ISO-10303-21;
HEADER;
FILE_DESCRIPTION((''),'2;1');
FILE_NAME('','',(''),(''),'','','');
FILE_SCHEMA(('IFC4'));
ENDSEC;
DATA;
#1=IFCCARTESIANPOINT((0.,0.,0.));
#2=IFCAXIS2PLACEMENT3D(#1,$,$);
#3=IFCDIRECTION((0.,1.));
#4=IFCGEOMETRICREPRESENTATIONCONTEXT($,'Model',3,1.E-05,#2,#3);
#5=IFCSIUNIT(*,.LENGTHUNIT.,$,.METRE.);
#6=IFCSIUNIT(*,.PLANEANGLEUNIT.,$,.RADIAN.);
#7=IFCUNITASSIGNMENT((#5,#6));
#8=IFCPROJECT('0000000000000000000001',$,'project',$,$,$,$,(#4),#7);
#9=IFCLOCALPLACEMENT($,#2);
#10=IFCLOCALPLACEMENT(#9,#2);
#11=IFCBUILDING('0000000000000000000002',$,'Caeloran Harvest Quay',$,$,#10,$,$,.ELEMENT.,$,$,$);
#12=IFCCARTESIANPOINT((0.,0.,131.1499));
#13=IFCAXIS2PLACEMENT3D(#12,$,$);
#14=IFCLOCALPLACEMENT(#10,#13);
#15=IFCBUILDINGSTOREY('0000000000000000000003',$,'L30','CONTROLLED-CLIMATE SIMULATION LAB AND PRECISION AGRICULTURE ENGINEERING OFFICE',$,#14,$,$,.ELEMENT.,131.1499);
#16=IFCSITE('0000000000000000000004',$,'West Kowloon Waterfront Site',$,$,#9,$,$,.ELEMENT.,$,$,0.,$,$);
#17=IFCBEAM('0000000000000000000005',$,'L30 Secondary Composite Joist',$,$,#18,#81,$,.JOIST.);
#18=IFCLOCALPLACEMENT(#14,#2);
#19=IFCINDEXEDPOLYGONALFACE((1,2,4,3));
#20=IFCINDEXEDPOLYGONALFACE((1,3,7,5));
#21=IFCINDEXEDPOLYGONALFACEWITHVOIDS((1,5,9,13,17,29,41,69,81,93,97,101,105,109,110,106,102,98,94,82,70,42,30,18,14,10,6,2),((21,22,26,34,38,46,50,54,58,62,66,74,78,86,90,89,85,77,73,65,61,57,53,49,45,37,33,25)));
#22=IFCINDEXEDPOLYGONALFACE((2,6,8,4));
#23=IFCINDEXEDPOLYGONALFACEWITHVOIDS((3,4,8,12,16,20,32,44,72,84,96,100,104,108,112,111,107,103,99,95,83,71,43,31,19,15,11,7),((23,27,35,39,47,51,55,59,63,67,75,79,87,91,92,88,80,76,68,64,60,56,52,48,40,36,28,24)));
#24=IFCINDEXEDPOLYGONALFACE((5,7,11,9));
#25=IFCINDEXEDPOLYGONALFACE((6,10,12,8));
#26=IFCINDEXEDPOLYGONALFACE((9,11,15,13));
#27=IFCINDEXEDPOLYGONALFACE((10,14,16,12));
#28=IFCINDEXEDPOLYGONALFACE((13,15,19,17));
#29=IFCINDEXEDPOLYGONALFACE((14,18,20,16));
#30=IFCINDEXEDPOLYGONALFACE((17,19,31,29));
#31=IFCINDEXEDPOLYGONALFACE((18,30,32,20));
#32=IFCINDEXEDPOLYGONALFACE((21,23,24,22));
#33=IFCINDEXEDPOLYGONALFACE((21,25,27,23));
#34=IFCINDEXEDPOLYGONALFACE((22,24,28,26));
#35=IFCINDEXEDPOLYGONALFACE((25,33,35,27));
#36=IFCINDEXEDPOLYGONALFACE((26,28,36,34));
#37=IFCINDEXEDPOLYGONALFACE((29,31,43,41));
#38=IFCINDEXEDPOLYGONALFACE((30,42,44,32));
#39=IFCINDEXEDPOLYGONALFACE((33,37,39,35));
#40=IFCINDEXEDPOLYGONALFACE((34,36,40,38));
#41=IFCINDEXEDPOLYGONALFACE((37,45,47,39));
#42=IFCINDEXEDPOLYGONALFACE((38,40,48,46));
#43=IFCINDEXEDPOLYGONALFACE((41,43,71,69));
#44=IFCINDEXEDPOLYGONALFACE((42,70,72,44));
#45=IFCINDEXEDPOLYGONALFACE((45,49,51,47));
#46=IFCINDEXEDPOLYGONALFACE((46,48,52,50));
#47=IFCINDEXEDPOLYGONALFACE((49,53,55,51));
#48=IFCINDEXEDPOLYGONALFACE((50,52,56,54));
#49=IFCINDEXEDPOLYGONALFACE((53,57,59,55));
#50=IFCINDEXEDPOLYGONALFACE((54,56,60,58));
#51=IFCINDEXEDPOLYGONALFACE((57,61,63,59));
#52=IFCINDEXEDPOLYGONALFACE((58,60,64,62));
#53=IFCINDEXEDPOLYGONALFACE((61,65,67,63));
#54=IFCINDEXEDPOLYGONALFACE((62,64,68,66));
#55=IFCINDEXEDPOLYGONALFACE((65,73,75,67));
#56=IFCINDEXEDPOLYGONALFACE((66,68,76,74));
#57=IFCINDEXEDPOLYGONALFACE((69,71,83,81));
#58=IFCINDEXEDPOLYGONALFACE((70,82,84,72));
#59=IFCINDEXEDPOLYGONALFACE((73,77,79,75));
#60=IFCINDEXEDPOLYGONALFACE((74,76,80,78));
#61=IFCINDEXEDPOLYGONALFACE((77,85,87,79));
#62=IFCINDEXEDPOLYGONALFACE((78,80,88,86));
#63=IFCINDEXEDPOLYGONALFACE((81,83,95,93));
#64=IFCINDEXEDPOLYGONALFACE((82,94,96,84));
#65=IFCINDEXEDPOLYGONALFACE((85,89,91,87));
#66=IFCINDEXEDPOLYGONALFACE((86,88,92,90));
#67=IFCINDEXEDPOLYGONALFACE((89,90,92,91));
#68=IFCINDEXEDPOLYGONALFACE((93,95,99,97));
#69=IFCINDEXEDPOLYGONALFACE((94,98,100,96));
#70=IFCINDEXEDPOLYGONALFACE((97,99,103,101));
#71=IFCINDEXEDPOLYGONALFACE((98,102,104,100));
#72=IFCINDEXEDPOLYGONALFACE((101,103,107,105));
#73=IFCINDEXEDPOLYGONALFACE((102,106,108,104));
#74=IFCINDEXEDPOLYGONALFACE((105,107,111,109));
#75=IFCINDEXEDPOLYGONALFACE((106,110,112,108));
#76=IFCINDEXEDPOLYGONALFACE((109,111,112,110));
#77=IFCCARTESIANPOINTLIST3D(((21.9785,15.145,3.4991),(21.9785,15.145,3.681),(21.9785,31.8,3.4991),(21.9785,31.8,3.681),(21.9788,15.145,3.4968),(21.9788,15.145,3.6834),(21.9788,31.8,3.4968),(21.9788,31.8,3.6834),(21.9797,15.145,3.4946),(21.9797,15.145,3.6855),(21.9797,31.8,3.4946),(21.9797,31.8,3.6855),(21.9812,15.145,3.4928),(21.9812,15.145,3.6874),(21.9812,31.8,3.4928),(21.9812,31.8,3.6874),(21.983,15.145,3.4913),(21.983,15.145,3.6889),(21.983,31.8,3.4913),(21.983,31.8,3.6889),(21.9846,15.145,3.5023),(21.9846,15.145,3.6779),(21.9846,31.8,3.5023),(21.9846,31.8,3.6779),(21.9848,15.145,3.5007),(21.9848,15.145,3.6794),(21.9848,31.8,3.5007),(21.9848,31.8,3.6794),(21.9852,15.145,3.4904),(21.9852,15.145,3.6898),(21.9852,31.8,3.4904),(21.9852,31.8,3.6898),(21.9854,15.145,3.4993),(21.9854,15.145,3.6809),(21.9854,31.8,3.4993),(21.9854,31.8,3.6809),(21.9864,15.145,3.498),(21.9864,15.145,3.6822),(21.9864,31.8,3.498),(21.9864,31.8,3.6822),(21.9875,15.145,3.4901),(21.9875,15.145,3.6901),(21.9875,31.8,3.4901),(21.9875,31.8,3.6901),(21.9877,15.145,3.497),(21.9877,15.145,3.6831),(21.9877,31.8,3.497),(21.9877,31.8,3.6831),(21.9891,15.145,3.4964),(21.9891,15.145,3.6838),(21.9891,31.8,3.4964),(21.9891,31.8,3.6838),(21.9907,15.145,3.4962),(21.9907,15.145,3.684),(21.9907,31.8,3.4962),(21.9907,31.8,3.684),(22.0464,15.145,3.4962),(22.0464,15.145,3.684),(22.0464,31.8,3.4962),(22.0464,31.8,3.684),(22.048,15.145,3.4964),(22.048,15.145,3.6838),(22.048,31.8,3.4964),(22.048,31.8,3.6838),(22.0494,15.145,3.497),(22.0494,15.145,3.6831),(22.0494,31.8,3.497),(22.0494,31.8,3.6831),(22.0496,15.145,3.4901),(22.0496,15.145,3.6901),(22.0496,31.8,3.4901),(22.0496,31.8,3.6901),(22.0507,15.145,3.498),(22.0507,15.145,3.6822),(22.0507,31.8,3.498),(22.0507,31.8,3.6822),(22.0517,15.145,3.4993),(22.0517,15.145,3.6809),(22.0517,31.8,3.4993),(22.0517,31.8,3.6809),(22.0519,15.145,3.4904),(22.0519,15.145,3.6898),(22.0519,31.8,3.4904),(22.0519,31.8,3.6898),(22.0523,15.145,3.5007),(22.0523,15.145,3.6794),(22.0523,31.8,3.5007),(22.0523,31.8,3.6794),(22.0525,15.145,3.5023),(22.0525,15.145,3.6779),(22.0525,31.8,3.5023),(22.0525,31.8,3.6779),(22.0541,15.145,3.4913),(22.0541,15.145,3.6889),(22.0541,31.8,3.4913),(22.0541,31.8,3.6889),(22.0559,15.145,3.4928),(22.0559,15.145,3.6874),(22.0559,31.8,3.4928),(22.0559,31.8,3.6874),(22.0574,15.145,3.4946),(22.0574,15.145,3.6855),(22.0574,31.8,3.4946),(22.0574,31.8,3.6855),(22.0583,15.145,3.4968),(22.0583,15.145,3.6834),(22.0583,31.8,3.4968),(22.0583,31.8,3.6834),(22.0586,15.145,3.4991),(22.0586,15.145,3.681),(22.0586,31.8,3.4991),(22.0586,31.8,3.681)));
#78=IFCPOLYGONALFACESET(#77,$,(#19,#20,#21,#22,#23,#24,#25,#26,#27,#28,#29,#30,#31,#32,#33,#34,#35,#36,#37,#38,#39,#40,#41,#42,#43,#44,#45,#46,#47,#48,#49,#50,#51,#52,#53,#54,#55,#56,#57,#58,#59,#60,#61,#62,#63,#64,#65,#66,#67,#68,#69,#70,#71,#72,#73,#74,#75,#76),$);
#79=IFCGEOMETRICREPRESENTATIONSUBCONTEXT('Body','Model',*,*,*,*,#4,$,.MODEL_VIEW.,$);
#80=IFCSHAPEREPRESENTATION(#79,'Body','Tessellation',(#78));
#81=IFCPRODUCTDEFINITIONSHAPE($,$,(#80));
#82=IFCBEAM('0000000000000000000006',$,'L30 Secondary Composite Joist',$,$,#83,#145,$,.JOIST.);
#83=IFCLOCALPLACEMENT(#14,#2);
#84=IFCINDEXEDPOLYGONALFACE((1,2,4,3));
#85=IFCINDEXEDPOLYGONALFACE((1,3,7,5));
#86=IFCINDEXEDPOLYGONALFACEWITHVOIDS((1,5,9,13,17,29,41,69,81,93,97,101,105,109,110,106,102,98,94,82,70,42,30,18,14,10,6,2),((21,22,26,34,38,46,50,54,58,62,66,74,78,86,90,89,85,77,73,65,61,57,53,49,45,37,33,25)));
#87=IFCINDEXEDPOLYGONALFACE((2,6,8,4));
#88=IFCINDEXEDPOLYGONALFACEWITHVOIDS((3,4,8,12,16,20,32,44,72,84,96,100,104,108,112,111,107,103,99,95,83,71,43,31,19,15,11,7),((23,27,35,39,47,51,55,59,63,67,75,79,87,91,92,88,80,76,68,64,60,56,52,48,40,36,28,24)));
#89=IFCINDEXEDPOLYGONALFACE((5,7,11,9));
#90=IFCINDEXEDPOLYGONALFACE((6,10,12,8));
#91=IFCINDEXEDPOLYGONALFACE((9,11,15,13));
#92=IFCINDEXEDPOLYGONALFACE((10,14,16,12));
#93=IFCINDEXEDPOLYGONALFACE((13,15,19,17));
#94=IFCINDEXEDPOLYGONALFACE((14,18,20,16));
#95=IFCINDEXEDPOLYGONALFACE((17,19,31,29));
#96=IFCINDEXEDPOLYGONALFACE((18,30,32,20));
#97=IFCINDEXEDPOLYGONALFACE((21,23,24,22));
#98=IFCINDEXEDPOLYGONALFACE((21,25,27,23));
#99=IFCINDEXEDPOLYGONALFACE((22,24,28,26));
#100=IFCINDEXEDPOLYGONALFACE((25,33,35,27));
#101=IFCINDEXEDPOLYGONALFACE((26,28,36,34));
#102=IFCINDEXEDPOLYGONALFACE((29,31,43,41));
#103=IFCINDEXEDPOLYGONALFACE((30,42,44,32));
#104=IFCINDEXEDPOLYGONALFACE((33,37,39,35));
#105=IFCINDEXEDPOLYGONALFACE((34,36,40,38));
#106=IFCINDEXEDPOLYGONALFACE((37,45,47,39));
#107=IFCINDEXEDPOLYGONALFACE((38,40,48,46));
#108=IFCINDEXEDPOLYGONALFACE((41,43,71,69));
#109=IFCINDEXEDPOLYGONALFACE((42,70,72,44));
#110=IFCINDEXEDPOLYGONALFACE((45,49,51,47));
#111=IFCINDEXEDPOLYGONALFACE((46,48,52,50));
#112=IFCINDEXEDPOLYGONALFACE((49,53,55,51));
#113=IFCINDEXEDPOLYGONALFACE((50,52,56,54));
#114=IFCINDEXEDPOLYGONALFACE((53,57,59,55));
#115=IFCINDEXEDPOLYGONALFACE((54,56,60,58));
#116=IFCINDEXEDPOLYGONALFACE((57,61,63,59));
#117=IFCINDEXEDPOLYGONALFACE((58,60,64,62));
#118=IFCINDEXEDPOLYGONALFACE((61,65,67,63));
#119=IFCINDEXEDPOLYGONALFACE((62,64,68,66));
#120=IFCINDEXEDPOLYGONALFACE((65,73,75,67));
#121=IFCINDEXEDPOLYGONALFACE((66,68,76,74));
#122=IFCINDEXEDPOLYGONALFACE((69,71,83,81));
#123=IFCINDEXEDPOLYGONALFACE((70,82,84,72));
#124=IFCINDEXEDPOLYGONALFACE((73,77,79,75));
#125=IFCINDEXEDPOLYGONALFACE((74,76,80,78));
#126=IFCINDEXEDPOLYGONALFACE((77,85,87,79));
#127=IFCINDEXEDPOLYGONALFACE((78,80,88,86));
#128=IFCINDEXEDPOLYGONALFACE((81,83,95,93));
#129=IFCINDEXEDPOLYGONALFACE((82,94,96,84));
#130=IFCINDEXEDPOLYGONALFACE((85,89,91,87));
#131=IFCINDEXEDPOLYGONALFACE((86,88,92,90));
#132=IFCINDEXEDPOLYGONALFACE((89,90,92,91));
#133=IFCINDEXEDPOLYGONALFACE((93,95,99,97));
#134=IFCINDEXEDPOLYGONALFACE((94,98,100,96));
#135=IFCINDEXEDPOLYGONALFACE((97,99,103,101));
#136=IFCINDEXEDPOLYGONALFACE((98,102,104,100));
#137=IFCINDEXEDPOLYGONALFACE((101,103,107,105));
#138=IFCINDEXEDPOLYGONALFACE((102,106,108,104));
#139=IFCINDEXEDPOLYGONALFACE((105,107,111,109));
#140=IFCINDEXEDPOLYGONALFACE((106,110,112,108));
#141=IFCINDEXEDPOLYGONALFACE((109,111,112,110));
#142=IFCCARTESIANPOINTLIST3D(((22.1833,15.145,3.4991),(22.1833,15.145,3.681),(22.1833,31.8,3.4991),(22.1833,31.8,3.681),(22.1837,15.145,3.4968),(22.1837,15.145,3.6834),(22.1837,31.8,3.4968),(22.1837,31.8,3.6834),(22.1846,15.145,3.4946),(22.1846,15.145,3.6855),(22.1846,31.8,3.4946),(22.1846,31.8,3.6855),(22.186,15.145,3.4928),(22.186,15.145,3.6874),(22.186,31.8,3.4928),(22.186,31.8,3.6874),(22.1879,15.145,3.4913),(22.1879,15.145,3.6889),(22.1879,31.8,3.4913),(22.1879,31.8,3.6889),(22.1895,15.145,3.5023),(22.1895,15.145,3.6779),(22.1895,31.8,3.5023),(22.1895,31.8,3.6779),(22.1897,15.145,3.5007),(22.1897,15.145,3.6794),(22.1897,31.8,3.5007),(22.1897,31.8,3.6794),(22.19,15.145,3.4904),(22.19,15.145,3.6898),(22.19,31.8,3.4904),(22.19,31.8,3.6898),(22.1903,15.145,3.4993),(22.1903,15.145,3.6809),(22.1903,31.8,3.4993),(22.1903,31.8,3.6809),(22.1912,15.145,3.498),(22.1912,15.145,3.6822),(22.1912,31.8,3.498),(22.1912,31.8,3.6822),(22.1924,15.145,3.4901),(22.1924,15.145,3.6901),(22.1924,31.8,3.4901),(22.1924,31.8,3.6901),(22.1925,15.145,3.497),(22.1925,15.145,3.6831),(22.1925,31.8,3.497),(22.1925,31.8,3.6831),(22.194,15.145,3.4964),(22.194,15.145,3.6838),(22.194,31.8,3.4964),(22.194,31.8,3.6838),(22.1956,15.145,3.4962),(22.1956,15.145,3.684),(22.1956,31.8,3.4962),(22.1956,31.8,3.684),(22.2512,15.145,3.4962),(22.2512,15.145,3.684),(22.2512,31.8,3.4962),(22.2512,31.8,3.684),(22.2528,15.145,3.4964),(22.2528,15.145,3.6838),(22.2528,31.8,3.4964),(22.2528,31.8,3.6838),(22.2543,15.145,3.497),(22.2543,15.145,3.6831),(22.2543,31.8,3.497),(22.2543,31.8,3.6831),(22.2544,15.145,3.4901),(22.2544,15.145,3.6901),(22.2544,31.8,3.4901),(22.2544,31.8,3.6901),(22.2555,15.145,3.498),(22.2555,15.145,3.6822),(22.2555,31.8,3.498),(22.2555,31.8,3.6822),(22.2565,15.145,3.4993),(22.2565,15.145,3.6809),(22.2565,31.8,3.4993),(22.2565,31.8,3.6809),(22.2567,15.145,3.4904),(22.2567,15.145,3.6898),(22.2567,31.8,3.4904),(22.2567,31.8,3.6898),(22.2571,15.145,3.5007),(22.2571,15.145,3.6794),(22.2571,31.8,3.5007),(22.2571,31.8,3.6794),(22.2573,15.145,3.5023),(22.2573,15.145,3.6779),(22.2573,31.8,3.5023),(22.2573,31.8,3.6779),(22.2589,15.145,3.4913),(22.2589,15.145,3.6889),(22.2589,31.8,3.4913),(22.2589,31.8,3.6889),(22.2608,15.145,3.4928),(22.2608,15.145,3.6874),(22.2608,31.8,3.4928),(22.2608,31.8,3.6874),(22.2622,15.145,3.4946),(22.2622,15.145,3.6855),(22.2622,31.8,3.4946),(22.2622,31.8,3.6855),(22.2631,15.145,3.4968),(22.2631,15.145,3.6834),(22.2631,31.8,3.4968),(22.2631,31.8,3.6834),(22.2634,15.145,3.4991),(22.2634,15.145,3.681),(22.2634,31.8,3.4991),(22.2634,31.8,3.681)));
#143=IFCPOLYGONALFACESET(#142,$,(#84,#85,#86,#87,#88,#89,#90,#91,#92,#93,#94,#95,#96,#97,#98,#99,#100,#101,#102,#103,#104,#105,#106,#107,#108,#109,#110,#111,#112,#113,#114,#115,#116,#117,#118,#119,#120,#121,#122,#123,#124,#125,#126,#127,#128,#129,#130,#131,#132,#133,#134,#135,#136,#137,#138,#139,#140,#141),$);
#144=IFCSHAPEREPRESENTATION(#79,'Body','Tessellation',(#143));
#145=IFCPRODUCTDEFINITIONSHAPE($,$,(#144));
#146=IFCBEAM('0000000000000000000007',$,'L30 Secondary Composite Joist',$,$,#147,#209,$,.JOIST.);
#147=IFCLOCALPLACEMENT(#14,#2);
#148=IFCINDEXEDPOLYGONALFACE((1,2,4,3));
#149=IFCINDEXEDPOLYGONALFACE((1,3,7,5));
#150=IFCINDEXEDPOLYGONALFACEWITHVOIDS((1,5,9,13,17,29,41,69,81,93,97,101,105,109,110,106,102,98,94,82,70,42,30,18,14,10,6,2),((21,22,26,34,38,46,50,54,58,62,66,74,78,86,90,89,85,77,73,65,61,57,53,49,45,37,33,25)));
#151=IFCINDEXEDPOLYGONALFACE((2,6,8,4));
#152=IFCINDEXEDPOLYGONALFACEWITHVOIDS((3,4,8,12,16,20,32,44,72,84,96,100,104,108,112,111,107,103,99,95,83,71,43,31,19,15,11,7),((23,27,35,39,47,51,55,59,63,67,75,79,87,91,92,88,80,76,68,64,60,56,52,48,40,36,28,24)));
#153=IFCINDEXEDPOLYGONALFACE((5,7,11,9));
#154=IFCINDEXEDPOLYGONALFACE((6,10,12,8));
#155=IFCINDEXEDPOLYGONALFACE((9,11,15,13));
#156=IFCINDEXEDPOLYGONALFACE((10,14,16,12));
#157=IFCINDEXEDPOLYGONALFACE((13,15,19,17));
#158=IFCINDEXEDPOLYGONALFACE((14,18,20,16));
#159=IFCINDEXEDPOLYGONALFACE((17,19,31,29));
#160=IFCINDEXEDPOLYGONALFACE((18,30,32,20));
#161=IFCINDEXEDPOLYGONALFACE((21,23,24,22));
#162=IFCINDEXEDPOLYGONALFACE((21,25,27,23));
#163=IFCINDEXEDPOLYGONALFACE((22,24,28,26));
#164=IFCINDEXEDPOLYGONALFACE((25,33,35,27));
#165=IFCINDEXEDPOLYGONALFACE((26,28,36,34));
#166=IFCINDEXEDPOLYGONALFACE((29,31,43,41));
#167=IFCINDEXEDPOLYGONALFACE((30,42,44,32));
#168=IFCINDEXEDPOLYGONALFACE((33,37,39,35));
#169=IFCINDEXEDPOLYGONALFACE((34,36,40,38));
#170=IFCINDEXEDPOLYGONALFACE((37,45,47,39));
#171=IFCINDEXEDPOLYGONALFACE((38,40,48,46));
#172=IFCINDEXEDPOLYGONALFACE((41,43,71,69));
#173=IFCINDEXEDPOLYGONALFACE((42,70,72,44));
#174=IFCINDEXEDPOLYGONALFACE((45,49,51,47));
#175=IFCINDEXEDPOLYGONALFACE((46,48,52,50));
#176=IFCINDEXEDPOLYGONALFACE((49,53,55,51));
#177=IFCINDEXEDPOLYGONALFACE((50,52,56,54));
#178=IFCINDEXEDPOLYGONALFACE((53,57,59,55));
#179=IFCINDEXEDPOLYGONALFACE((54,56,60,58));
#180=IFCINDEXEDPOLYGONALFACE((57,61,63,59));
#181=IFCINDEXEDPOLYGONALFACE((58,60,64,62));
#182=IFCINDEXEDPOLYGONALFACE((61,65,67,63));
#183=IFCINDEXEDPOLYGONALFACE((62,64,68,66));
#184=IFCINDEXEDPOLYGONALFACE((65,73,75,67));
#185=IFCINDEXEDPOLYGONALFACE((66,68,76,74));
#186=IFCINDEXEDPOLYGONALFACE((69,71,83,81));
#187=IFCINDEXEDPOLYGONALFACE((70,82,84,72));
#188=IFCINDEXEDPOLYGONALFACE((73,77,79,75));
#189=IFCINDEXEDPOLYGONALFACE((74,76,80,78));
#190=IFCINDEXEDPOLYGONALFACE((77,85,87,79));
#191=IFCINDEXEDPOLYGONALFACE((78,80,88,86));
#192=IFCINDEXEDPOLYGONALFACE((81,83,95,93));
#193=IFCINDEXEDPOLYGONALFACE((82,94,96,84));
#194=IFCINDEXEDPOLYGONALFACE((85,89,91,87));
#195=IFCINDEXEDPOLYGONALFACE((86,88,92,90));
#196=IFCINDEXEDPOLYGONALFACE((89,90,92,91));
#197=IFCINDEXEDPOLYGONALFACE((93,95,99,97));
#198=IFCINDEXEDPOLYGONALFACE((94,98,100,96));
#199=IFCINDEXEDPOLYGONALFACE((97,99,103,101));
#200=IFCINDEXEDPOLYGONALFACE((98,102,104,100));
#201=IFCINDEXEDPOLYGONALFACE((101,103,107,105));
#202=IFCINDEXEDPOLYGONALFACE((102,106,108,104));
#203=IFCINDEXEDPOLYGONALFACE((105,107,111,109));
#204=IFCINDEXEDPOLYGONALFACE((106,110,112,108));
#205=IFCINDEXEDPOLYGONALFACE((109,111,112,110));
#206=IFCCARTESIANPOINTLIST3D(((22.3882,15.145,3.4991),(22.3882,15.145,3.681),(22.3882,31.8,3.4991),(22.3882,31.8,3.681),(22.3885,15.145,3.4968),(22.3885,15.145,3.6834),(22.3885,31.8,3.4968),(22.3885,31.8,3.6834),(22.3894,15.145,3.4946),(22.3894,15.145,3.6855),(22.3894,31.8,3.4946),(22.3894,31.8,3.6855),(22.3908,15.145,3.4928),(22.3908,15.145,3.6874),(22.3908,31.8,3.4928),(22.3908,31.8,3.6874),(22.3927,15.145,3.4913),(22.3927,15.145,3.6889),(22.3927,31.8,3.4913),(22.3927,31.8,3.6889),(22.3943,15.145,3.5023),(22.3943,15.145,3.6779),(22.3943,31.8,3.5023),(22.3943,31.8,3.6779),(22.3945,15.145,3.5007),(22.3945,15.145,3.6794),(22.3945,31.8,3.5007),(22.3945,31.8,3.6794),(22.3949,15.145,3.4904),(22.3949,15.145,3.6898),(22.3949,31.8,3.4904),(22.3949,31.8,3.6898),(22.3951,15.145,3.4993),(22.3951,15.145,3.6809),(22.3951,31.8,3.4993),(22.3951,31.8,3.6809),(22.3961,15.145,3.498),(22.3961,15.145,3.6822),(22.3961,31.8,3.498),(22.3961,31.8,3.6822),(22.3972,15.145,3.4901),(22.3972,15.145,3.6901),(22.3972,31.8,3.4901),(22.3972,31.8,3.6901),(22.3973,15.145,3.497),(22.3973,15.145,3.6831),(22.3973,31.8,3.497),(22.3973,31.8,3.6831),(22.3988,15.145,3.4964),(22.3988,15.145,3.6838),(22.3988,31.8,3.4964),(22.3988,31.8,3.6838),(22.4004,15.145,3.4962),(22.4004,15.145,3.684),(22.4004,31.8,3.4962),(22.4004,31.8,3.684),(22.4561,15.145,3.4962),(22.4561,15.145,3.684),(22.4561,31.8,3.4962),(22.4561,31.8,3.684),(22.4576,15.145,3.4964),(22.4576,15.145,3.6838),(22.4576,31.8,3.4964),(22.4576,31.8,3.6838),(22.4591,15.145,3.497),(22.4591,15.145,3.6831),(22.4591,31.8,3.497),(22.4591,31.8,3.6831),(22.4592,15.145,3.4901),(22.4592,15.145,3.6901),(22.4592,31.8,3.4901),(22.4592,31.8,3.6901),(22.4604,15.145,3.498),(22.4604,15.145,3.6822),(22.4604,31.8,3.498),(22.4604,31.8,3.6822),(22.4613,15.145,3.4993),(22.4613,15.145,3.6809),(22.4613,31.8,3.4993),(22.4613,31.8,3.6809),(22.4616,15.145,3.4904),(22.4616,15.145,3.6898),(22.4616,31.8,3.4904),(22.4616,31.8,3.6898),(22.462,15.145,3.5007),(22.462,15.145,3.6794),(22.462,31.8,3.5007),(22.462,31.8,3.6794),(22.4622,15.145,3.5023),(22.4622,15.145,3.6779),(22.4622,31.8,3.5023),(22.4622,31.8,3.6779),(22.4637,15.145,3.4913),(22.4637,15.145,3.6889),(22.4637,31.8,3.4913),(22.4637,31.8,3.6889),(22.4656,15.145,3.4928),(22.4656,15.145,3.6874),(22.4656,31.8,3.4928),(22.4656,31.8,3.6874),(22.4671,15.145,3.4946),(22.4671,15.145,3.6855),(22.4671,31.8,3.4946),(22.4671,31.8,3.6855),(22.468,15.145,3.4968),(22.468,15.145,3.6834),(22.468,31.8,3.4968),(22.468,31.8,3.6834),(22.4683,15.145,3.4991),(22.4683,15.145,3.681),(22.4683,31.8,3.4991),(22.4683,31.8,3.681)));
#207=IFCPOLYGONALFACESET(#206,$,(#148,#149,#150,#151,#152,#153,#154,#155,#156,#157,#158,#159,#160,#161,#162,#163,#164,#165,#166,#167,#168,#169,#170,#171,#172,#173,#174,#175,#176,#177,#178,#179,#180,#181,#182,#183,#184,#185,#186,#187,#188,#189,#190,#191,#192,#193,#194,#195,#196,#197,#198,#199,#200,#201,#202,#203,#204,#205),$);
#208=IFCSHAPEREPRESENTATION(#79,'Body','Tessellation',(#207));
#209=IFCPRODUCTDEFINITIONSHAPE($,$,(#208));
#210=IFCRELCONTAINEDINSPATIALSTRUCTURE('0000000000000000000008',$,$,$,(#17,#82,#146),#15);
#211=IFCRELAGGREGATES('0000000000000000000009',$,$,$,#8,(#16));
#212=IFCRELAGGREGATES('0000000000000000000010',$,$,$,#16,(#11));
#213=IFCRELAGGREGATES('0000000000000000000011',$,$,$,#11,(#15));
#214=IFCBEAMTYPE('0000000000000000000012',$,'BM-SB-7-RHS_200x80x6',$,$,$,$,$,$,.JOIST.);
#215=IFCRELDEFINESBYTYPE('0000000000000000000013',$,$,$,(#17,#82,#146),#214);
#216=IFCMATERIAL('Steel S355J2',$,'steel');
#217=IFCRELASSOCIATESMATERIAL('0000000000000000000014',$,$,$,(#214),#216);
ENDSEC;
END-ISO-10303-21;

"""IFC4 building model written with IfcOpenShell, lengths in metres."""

from ifc_helpers import new_model, si_unit, direction, frame, origin, origin_2d, place, context, subcontext, project, spatial, hollow_rectangle, extrude, material, material_profile, profile_set, type_object, element, save


model = new_model("IFC4")

# Units and contexts
model_context = context("Model", 3, precision=1e-05, world=origin(), true_north=direction((0.0, 1.0)))
body_context = subcontext(model_context, "Body", "Model", "MODEL_VIEW")
ifc_project = project(units=[si_unit("LENGTHUNIT", "METRE"), si_unit("PLANEANGLEUNIT", "RADIAN")], contexts=[model_context])

# Site, building, storey
site_placement = place(None, origin())
site = spatial("IfcSite", under=ifc_project, at=site_placement, Name="West Kowloon Waterfront Site", CompositionType="ELEMENT", RefElevation=0.0)
building_placement = place(site_placement, origin())
building = spatial("IfcBuilding", under=site, at=building_placement, Name="Caeloran Harvest Quay", CompositionType="ELEMENT")
storey_placement = place(building_placement, frame((0.0, 0.0, 131.1499)))
storey = spatial("IfcBuildingStorey", under=building, at=storey_placement, Name="L30", Description="CONTROLLED-CLIMATE SIMULATION LAB AND PRECISION AGRICULTURE ENGINEERING OFFICE", CompositionType="ELEMENT", Elevation=131.1499)

# Beams
ifc_material_1 = material(Name="Steel S355J2", Category="steel")
ifc_material_profile_1 = material_profile(ifc_material_1, hollow_rectangle(XDim=0.0801, YDim=0.2, WallThickness=0.0061, InnerFilletRadius=0.0061, OuterFilletRadius=0.009, at=origin_2d()), Name="RHS 200x80x6")
ifc_profile_set_1 = profile_set([ifc_material_profile_1], Name="Steel S355J2")
beam_type_1 = type_object("IfcBeamType", Name="BM-SB-7-RHS_200x80x6", PredefinedType="JOIST", material=ifc_profile_set_1)
for number, where, z_axis, x_axis, name in (
    (1, (22.0186, 15.145, 3.5901), (0.0, 1.0, 0.0), (-1.0, 0.0, 0.0), "L30 Secondary Composite Joist"),
    (2, (22.2234, 15.145, 3.5901), (0.0, 1.0, 0.0), (-1.0, 0.0, 0.0), "L30 Secondary Composite Joist"),
    (3, (22.4282, 15.145, 3.5901), (0.0, 1.0, 0.0), (-1.0, 0.0, 0.0), "L30 Secondary Composite Joist"),
):
    element("IfcBeam", number, at=place(storey_placement, frame(where, z_axis=z_axis, x_axis=x_axis)), inside=storey, type_object=beam_type_1, Name=name, PredefinedType="JOIST", context=body_context, shape_type="SweptSolid", body=[
        extrude(hollow_rectangle(XDim=0.0801, YDim=0.2, WallThickness=0.0061, InnerFilletRadius=0.0061, OuterFilletRadius=0.009, at=origin_2d()), origin(), (0.0, 0.0, 1.0), 16.655),
    ])

save(model, "model.ifc")
